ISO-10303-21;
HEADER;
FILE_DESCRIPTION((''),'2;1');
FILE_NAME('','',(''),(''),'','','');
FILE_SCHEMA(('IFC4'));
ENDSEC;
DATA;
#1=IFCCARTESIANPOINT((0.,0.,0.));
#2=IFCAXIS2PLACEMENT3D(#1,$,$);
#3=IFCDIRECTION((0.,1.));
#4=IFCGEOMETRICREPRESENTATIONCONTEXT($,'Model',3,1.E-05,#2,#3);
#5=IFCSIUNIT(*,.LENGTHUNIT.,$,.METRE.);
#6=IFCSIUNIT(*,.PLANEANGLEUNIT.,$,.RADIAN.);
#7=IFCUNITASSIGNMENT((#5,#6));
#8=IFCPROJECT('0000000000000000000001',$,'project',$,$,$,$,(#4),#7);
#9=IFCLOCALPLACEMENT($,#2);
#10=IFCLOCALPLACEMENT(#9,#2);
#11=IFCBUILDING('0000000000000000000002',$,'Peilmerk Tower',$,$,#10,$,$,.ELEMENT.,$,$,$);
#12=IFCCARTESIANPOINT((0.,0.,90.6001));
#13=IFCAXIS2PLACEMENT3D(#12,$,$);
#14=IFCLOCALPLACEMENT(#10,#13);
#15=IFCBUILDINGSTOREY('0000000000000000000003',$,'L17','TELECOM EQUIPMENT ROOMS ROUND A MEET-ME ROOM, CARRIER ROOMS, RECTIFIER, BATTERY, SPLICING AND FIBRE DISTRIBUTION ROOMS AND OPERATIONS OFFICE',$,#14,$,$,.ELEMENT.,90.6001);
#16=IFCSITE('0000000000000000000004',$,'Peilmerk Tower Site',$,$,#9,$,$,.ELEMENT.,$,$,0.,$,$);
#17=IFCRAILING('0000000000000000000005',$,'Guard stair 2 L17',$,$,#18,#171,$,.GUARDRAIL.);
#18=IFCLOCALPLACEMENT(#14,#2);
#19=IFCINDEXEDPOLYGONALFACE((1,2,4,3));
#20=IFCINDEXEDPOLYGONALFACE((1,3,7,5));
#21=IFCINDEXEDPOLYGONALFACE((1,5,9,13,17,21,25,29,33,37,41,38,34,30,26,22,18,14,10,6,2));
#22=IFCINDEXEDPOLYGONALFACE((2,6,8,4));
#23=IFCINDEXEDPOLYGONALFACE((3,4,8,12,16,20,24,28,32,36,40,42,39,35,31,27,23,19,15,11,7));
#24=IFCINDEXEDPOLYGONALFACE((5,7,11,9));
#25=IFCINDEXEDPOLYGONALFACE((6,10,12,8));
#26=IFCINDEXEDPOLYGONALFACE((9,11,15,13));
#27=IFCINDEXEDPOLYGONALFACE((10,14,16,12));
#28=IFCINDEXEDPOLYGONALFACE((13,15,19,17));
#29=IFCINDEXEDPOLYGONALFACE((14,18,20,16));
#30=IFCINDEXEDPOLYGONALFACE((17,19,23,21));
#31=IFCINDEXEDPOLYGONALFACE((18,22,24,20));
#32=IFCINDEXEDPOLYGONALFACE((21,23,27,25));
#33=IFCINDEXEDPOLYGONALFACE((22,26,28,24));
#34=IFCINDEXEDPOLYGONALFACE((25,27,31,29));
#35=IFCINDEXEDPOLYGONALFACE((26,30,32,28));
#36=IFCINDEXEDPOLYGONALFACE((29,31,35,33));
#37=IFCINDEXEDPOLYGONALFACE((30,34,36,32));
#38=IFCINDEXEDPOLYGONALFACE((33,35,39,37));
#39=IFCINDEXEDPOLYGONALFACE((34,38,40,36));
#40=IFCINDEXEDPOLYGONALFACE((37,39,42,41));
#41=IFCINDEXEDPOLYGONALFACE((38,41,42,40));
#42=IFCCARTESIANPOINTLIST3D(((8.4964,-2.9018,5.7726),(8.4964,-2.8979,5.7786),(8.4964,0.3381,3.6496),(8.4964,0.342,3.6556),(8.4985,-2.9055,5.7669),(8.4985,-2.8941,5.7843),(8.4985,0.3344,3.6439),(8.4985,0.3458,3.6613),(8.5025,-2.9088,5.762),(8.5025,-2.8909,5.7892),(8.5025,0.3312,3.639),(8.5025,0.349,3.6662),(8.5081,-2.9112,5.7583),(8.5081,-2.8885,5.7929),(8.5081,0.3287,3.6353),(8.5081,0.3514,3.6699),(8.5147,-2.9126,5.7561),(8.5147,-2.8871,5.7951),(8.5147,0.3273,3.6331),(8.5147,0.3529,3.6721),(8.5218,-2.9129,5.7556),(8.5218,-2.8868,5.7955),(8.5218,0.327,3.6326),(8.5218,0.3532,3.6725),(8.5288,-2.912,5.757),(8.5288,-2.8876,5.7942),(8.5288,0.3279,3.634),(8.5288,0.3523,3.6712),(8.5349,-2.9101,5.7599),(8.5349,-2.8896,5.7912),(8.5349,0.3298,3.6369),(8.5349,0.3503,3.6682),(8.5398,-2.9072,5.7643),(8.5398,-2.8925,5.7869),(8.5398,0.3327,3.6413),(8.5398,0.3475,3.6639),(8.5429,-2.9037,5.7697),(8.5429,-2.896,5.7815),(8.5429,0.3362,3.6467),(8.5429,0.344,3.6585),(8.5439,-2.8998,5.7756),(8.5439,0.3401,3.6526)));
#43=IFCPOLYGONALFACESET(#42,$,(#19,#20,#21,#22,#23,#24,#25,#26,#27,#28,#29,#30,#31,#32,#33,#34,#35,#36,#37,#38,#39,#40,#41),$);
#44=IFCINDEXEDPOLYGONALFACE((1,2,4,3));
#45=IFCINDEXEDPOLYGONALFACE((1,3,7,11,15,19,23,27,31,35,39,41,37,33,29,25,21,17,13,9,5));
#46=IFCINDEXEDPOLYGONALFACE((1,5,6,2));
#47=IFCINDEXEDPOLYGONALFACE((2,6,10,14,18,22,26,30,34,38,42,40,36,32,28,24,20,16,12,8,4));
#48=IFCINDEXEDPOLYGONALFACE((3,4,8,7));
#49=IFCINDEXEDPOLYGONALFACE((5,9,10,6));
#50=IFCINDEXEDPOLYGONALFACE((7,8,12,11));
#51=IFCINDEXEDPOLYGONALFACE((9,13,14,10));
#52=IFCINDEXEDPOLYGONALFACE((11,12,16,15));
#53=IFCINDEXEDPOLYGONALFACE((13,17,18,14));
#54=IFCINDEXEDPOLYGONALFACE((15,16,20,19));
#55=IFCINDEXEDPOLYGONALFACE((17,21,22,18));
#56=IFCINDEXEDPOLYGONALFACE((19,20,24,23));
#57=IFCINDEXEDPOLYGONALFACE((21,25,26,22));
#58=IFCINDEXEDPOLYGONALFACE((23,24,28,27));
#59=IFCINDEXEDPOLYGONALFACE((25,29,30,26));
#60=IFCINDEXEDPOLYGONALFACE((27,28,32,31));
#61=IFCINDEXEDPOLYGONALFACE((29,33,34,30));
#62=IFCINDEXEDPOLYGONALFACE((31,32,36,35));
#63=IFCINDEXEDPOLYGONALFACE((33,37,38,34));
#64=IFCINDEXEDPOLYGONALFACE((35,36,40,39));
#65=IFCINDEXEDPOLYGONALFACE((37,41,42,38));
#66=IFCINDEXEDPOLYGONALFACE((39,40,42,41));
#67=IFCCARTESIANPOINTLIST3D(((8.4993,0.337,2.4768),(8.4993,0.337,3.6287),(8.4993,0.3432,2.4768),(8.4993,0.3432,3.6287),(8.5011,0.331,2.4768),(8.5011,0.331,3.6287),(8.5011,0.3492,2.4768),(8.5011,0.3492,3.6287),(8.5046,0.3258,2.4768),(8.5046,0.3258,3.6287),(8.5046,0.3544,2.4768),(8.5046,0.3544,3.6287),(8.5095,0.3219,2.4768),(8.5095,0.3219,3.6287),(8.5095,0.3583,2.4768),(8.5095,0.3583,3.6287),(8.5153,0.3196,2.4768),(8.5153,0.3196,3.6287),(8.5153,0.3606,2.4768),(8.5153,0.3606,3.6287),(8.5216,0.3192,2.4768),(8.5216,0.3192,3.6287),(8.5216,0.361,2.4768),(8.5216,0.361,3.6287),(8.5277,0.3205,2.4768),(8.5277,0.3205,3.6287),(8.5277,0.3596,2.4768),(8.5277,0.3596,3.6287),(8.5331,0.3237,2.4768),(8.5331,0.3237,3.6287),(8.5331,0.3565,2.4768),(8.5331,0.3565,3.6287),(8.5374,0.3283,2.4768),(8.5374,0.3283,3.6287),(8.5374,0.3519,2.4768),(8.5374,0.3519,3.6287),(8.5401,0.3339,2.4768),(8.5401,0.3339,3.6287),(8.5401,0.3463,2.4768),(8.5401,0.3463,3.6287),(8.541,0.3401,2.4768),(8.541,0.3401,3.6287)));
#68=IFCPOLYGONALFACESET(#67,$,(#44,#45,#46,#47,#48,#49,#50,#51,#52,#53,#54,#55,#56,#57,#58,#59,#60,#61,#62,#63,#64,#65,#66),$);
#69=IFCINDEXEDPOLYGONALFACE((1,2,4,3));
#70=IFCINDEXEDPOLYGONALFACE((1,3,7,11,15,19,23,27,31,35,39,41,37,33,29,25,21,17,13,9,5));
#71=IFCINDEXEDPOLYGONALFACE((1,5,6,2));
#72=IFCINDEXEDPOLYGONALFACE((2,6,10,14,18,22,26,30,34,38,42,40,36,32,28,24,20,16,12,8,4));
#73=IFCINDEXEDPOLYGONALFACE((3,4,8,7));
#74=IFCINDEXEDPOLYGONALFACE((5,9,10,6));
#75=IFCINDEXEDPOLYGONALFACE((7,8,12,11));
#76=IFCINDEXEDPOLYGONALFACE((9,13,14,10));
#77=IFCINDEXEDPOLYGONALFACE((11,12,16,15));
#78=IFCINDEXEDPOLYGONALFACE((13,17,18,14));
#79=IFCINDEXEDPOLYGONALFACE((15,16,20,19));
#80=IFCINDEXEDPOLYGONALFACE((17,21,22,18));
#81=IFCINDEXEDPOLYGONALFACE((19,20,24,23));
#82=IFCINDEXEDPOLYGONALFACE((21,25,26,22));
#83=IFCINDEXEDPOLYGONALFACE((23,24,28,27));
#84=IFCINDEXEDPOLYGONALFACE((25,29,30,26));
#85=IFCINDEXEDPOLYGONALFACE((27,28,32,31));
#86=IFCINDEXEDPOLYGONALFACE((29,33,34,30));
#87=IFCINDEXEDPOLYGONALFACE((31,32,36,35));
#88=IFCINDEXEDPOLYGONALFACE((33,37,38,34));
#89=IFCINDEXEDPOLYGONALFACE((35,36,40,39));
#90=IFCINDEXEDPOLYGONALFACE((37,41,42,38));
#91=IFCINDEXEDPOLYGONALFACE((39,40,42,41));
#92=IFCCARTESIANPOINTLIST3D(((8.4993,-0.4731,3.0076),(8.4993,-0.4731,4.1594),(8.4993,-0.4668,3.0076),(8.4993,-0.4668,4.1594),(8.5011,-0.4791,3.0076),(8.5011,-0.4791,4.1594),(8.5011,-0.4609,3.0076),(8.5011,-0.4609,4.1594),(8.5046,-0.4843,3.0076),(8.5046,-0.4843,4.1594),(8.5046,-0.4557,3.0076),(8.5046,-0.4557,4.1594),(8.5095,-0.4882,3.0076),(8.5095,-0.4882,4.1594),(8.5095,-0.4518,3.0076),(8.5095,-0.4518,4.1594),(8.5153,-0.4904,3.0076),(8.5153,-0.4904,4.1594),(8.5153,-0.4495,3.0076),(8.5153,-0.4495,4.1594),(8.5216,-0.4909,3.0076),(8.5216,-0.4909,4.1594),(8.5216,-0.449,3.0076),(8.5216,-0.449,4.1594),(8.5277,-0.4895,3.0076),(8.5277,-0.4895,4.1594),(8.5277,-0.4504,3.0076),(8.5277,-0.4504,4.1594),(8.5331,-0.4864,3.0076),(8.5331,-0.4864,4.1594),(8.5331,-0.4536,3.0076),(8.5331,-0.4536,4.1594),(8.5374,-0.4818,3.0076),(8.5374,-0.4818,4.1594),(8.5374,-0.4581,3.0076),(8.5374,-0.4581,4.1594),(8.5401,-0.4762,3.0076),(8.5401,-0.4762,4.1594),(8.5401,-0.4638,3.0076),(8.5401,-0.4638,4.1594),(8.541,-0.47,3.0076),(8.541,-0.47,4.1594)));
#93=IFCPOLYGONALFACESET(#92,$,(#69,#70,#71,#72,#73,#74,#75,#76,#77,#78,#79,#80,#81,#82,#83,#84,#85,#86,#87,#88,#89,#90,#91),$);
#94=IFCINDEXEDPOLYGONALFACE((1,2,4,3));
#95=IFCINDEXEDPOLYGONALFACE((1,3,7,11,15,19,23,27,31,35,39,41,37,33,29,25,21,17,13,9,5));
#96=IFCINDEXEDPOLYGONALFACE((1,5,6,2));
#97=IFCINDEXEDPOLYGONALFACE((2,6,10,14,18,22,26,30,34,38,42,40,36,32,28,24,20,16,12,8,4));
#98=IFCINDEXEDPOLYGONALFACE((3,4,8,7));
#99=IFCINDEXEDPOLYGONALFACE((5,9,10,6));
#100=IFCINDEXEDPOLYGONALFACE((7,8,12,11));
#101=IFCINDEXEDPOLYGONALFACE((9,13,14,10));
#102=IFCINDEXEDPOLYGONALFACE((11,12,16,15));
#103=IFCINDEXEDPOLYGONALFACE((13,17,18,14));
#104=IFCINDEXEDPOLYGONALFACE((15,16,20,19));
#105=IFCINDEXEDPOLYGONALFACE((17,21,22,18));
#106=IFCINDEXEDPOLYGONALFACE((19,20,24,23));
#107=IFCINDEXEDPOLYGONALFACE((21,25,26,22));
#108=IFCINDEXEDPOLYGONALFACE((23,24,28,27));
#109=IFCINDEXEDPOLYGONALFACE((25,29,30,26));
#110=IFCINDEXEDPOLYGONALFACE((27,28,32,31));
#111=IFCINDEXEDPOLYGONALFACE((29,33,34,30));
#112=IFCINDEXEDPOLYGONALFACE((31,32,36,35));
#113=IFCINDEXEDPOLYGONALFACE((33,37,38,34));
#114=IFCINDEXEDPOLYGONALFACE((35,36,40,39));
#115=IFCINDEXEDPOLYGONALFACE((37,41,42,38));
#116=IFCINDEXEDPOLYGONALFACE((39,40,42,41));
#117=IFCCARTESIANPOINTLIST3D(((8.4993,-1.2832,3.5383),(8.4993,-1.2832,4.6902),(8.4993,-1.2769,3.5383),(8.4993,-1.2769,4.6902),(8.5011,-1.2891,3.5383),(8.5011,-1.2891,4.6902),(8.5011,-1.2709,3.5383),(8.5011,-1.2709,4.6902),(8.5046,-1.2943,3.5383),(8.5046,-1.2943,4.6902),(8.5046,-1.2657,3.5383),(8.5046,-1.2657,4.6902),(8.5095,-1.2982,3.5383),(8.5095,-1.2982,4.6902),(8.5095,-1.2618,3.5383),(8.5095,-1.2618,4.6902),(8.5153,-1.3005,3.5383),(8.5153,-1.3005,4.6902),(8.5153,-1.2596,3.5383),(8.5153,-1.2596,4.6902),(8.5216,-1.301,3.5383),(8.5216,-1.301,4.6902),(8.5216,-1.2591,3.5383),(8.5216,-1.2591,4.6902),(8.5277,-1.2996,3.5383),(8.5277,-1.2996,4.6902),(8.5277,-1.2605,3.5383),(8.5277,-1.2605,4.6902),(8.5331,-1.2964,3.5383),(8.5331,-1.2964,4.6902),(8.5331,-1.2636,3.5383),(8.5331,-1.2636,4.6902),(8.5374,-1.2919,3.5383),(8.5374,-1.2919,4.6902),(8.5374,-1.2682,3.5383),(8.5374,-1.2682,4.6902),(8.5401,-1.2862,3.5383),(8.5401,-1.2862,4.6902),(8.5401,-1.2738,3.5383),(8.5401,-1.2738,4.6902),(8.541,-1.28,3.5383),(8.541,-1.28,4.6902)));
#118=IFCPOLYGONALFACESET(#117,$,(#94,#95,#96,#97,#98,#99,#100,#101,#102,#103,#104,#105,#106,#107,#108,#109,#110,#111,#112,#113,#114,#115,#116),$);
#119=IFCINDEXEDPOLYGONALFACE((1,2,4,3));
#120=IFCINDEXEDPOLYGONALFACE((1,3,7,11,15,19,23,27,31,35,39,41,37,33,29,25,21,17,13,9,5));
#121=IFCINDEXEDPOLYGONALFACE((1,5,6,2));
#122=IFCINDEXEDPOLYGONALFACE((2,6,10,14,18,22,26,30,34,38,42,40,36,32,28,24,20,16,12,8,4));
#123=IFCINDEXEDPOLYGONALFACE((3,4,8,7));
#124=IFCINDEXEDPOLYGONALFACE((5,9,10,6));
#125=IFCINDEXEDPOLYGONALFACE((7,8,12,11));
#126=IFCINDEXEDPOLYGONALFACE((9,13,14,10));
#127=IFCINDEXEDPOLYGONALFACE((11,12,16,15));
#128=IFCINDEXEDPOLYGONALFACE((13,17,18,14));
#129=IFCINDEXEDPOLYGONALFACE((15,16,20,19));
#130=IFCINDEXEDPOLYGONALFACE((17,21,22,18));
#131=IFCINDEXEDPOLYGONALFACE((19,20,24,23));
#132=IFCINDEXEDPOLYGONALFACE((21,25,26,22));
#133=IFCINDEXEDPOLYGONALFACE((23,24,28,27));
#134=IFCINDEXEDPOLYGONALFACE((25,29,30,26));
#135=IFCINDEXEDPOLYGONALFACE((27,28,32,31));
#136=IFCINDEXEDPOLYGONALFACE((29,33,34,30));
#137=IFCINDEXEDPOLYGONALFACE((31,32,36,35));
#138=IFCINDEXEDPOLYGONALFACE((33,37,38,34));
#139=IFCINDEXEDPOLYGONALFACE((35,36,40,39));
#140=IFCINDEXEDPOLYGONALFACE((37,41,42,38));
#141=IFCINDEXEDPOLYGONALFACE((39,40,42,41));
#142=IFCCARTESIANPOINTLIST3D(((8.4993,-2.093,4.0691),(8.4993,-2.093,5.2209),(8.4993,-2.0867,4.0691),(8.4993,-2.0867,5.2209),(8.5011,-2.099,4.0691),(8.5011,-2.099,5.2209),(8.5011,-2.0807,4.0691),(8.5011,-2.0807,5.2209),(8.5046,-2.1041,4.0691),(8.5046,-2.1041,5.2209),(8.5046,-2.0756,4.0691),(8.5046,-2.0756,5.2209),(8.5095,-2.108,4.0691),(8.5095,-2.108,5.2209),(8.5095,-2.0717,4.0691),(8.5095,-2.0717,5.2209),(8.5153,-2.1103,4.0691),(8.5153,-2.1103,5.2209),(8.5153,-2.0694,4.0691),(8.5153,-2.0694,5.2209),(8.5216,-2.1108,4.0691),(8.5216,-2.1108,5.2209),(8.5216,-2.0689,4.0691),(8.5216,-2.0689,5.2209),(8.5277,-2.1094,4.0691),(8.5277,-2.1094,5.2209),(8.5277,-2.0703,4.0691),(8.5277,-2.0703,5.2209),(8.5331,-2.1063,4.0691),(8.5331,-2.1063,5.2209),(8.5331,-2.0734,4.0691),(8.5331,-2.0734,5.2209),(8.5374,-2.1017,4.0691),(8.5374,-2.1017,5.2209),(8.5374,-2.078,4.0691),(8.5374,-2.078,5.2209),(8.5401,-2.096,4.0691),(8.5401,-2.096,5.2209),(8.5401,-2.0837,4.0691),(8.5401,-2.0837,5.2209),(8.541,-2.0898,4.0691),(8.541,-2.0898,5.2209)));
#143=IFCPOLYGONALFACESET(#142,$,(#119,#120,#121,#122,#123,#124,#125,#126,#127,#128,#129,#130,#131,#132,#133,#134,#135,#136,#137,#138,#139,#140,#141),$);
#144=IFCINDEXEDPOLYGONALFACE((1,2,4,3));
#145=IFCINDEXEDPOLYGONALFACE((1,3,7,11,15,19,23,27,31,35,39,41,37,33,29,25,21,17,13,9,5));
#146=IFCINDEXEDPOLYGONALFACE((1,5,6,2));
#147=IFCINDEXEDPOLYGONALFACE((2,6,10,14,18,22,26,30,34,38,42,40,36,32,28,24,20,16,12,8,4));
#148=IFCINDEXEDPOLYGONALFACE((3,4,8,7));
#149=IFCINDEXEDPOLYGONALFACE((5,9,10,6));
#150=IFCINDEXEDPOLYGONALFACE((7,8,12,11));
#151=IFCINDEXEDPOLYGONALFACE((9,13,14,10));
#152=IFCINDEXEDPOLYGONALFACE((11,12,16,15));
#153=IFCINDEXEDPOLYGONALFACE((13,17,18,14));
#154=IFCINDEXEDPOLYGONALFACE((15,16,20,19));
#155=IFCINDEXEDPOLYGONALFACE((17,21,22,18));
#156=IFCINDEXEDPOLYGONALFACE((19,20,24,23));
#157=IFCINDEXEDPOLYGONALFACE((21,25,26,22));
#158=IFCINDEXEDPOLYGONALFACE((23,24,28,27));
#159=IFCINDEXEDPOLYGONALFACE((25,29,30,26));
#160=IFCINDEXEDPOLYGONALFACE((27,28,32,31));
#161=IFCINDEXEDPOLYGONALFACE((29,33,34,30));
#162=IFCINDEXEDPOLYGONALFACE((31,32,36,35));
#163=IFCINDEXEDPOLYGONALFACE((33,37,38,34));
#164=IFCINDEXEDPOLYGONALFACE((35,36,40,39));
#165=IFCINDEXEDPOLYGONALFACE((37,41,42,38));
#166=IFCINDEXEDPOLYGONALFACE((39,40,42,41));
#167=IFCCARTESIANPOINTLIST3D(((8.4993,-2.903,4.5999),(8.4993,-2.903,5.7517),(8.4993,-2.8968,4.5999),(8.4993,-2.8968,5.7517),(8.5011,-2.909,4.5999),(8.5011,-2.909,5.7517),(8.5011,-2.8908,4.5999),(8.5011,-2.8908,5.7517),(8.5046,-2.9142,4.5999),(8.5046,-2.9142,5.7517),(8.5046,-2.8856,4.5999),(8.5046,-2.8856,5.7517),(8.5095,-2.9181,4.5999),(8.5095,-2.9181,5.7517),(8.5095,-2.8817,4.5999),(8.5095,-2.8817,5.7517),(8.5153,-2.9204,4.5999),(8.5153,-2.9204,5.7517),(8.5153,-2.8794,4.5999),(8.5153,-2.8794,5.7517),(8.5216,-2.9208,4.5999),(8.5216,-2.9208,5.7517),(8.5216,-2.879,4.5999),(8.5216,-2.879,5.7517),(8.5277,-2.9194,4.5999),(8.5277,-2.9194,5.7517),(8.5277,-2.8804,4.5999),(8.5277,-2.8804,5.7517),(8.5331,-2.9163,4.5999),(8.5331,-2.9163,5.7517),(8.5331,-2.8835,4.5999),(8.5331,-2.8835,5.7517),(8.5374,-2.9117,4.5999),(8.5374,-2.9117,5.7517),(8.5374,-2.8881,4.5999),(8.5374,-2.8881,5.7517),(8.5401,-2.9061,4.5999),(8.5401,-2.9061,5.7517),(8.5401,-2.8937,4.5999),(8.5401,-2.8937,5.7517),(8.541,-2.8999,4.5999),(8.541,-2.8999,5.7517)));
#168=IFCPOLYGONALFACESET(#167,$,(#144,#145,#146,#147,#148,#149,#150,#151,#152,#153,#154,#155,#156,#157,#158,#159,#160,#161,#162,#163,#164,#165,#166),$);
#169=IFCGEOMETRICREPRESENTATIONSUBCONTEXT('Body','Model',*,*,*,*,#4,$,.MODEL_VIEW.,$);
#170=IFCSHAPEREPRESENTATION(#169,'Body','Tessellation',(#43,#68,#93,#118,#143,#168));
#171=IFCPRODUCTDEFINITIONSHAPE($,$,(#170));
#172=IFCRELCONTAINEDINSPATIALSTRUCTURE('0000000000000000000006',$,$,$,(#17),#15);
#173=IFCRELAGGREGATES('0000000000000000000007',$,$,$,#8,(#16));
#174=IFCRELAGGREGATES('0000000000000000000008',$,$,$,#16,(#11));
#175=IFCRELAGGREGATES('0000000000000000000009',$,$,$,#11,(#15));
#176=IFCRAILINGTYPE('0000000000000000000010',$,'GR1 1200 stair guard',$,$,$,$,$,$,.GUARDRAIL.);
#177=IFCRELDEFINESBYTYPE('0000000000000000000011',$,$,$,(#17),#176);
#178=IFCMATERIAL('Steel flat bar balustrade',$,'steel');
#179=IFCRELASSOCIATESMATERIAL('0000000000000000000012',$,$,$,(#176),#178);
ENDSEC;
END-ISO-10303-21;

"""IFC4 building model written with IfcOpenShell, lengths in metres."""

from ifc_helpers import new_model, si_unit, direction, frame, origin, origin_2d, place, context, subcontext, project, spatial, circle, extrude, material, type_object, element, save


model = new_model("IFC4")

# Units and contexts
model_context = context("Model", 3, precision=1e-05, world=origin(), true_north=direction((0.0, 1.0)))
body_context = subcontext(model_context, "Body", "Model", "MODEL_VIEW")
ifc_project = project(units=[si_unit("LENGTHUNIT", "METRE"), si_unit("PLANEANGLEUNIT", "RADIAN")], contexts=[model_context])

# Site, building, storey
site_placement = place(None, origin())
site = spatial("IfcSite", under=ifc_project, at=site_placement, Name="Peilmerk Tower Site", CompositionType="ELEMENT", RefElevation=0.0)
building_placement = place(site_placement, origin())
building = spatial("IfcBuilding", under=site, at=building_placement, Name="Peilmerk Tower", CompositionType="ELEMENT")
storey_placement = place(building_placement, frame((0.0, 0.0, 90.6001)))
storey = spatial("IfcBuildingStorey", under=building, at=storey_placement, Name="L17", Description="TELECOM EQUIPMENT ROOMS ROUND A MEET-ME ROOM, CARRIER ROOMS, RECTIFIER, BATTERY, SPLICING AND FIBRE DISTRIBUTION ROOMS AND OPERATIONS OFFICE", CompositionType="ELEMENT", Elevation=90.6001)

# Railing
ifc_material_1 = material(Name="Steel flat bar balustrade", Category="steel")
railing_type_1 = type_object("IfcRailingType", Name="GR1 1200 stair guard", PredefinedType="GUARDRAIL", material=ifc_material_1)
railing_1_placement = place(storey_placement, frame((8.52, 0.3401, 2.4768)))
element("IfcRailing", 1, at=railing_1_placement, inside=storey, type_object=railing_type_1, Name="Guard stair 2 L17", PredefinedType="GUARDRAIL", context=body_context, shape_type="SweptSolid", body=[
    extrude(circle(Radius=0.0239, at=origin_2d()), frame((0.0, 0.0, 1.1758), z_axis=(0.0, -0.836426, 0.548079), x_axis=(1.0, 0.0, 0.0)), (0.0, 0.0, 1.0), 3.8735),
    extrude(circle(Radius=0.021, at=origin_2d()), origin(), (0.0, 0.0, 1.0), 1.1519),
    extrude(circle(Radius=0.021, at=origin_2d()), frame((0.0, -0.8101, 0.5308)), (0.0, 0.0, 1.0), 1.1519),
    extrude(circle(Radius=0.021, at=origin_2d()), frame((0.0, -1.6201, 1.0615)), (0.0, 0.0, 1.0), 1.1519),
    extrude(circle(Radius=0.021, at=origin_2d()), frame((0.0, -2.4299, 1.5923)), (0.0, 0.0, 1.0), 1.1519),
    extrude(circle(Radius=0.021, at=origin_2d()), frame((0.0, -3.24, 2.123)), (0.0, 0.0, 1.0), 1.1519),
])

save(model, "model.ifc")
